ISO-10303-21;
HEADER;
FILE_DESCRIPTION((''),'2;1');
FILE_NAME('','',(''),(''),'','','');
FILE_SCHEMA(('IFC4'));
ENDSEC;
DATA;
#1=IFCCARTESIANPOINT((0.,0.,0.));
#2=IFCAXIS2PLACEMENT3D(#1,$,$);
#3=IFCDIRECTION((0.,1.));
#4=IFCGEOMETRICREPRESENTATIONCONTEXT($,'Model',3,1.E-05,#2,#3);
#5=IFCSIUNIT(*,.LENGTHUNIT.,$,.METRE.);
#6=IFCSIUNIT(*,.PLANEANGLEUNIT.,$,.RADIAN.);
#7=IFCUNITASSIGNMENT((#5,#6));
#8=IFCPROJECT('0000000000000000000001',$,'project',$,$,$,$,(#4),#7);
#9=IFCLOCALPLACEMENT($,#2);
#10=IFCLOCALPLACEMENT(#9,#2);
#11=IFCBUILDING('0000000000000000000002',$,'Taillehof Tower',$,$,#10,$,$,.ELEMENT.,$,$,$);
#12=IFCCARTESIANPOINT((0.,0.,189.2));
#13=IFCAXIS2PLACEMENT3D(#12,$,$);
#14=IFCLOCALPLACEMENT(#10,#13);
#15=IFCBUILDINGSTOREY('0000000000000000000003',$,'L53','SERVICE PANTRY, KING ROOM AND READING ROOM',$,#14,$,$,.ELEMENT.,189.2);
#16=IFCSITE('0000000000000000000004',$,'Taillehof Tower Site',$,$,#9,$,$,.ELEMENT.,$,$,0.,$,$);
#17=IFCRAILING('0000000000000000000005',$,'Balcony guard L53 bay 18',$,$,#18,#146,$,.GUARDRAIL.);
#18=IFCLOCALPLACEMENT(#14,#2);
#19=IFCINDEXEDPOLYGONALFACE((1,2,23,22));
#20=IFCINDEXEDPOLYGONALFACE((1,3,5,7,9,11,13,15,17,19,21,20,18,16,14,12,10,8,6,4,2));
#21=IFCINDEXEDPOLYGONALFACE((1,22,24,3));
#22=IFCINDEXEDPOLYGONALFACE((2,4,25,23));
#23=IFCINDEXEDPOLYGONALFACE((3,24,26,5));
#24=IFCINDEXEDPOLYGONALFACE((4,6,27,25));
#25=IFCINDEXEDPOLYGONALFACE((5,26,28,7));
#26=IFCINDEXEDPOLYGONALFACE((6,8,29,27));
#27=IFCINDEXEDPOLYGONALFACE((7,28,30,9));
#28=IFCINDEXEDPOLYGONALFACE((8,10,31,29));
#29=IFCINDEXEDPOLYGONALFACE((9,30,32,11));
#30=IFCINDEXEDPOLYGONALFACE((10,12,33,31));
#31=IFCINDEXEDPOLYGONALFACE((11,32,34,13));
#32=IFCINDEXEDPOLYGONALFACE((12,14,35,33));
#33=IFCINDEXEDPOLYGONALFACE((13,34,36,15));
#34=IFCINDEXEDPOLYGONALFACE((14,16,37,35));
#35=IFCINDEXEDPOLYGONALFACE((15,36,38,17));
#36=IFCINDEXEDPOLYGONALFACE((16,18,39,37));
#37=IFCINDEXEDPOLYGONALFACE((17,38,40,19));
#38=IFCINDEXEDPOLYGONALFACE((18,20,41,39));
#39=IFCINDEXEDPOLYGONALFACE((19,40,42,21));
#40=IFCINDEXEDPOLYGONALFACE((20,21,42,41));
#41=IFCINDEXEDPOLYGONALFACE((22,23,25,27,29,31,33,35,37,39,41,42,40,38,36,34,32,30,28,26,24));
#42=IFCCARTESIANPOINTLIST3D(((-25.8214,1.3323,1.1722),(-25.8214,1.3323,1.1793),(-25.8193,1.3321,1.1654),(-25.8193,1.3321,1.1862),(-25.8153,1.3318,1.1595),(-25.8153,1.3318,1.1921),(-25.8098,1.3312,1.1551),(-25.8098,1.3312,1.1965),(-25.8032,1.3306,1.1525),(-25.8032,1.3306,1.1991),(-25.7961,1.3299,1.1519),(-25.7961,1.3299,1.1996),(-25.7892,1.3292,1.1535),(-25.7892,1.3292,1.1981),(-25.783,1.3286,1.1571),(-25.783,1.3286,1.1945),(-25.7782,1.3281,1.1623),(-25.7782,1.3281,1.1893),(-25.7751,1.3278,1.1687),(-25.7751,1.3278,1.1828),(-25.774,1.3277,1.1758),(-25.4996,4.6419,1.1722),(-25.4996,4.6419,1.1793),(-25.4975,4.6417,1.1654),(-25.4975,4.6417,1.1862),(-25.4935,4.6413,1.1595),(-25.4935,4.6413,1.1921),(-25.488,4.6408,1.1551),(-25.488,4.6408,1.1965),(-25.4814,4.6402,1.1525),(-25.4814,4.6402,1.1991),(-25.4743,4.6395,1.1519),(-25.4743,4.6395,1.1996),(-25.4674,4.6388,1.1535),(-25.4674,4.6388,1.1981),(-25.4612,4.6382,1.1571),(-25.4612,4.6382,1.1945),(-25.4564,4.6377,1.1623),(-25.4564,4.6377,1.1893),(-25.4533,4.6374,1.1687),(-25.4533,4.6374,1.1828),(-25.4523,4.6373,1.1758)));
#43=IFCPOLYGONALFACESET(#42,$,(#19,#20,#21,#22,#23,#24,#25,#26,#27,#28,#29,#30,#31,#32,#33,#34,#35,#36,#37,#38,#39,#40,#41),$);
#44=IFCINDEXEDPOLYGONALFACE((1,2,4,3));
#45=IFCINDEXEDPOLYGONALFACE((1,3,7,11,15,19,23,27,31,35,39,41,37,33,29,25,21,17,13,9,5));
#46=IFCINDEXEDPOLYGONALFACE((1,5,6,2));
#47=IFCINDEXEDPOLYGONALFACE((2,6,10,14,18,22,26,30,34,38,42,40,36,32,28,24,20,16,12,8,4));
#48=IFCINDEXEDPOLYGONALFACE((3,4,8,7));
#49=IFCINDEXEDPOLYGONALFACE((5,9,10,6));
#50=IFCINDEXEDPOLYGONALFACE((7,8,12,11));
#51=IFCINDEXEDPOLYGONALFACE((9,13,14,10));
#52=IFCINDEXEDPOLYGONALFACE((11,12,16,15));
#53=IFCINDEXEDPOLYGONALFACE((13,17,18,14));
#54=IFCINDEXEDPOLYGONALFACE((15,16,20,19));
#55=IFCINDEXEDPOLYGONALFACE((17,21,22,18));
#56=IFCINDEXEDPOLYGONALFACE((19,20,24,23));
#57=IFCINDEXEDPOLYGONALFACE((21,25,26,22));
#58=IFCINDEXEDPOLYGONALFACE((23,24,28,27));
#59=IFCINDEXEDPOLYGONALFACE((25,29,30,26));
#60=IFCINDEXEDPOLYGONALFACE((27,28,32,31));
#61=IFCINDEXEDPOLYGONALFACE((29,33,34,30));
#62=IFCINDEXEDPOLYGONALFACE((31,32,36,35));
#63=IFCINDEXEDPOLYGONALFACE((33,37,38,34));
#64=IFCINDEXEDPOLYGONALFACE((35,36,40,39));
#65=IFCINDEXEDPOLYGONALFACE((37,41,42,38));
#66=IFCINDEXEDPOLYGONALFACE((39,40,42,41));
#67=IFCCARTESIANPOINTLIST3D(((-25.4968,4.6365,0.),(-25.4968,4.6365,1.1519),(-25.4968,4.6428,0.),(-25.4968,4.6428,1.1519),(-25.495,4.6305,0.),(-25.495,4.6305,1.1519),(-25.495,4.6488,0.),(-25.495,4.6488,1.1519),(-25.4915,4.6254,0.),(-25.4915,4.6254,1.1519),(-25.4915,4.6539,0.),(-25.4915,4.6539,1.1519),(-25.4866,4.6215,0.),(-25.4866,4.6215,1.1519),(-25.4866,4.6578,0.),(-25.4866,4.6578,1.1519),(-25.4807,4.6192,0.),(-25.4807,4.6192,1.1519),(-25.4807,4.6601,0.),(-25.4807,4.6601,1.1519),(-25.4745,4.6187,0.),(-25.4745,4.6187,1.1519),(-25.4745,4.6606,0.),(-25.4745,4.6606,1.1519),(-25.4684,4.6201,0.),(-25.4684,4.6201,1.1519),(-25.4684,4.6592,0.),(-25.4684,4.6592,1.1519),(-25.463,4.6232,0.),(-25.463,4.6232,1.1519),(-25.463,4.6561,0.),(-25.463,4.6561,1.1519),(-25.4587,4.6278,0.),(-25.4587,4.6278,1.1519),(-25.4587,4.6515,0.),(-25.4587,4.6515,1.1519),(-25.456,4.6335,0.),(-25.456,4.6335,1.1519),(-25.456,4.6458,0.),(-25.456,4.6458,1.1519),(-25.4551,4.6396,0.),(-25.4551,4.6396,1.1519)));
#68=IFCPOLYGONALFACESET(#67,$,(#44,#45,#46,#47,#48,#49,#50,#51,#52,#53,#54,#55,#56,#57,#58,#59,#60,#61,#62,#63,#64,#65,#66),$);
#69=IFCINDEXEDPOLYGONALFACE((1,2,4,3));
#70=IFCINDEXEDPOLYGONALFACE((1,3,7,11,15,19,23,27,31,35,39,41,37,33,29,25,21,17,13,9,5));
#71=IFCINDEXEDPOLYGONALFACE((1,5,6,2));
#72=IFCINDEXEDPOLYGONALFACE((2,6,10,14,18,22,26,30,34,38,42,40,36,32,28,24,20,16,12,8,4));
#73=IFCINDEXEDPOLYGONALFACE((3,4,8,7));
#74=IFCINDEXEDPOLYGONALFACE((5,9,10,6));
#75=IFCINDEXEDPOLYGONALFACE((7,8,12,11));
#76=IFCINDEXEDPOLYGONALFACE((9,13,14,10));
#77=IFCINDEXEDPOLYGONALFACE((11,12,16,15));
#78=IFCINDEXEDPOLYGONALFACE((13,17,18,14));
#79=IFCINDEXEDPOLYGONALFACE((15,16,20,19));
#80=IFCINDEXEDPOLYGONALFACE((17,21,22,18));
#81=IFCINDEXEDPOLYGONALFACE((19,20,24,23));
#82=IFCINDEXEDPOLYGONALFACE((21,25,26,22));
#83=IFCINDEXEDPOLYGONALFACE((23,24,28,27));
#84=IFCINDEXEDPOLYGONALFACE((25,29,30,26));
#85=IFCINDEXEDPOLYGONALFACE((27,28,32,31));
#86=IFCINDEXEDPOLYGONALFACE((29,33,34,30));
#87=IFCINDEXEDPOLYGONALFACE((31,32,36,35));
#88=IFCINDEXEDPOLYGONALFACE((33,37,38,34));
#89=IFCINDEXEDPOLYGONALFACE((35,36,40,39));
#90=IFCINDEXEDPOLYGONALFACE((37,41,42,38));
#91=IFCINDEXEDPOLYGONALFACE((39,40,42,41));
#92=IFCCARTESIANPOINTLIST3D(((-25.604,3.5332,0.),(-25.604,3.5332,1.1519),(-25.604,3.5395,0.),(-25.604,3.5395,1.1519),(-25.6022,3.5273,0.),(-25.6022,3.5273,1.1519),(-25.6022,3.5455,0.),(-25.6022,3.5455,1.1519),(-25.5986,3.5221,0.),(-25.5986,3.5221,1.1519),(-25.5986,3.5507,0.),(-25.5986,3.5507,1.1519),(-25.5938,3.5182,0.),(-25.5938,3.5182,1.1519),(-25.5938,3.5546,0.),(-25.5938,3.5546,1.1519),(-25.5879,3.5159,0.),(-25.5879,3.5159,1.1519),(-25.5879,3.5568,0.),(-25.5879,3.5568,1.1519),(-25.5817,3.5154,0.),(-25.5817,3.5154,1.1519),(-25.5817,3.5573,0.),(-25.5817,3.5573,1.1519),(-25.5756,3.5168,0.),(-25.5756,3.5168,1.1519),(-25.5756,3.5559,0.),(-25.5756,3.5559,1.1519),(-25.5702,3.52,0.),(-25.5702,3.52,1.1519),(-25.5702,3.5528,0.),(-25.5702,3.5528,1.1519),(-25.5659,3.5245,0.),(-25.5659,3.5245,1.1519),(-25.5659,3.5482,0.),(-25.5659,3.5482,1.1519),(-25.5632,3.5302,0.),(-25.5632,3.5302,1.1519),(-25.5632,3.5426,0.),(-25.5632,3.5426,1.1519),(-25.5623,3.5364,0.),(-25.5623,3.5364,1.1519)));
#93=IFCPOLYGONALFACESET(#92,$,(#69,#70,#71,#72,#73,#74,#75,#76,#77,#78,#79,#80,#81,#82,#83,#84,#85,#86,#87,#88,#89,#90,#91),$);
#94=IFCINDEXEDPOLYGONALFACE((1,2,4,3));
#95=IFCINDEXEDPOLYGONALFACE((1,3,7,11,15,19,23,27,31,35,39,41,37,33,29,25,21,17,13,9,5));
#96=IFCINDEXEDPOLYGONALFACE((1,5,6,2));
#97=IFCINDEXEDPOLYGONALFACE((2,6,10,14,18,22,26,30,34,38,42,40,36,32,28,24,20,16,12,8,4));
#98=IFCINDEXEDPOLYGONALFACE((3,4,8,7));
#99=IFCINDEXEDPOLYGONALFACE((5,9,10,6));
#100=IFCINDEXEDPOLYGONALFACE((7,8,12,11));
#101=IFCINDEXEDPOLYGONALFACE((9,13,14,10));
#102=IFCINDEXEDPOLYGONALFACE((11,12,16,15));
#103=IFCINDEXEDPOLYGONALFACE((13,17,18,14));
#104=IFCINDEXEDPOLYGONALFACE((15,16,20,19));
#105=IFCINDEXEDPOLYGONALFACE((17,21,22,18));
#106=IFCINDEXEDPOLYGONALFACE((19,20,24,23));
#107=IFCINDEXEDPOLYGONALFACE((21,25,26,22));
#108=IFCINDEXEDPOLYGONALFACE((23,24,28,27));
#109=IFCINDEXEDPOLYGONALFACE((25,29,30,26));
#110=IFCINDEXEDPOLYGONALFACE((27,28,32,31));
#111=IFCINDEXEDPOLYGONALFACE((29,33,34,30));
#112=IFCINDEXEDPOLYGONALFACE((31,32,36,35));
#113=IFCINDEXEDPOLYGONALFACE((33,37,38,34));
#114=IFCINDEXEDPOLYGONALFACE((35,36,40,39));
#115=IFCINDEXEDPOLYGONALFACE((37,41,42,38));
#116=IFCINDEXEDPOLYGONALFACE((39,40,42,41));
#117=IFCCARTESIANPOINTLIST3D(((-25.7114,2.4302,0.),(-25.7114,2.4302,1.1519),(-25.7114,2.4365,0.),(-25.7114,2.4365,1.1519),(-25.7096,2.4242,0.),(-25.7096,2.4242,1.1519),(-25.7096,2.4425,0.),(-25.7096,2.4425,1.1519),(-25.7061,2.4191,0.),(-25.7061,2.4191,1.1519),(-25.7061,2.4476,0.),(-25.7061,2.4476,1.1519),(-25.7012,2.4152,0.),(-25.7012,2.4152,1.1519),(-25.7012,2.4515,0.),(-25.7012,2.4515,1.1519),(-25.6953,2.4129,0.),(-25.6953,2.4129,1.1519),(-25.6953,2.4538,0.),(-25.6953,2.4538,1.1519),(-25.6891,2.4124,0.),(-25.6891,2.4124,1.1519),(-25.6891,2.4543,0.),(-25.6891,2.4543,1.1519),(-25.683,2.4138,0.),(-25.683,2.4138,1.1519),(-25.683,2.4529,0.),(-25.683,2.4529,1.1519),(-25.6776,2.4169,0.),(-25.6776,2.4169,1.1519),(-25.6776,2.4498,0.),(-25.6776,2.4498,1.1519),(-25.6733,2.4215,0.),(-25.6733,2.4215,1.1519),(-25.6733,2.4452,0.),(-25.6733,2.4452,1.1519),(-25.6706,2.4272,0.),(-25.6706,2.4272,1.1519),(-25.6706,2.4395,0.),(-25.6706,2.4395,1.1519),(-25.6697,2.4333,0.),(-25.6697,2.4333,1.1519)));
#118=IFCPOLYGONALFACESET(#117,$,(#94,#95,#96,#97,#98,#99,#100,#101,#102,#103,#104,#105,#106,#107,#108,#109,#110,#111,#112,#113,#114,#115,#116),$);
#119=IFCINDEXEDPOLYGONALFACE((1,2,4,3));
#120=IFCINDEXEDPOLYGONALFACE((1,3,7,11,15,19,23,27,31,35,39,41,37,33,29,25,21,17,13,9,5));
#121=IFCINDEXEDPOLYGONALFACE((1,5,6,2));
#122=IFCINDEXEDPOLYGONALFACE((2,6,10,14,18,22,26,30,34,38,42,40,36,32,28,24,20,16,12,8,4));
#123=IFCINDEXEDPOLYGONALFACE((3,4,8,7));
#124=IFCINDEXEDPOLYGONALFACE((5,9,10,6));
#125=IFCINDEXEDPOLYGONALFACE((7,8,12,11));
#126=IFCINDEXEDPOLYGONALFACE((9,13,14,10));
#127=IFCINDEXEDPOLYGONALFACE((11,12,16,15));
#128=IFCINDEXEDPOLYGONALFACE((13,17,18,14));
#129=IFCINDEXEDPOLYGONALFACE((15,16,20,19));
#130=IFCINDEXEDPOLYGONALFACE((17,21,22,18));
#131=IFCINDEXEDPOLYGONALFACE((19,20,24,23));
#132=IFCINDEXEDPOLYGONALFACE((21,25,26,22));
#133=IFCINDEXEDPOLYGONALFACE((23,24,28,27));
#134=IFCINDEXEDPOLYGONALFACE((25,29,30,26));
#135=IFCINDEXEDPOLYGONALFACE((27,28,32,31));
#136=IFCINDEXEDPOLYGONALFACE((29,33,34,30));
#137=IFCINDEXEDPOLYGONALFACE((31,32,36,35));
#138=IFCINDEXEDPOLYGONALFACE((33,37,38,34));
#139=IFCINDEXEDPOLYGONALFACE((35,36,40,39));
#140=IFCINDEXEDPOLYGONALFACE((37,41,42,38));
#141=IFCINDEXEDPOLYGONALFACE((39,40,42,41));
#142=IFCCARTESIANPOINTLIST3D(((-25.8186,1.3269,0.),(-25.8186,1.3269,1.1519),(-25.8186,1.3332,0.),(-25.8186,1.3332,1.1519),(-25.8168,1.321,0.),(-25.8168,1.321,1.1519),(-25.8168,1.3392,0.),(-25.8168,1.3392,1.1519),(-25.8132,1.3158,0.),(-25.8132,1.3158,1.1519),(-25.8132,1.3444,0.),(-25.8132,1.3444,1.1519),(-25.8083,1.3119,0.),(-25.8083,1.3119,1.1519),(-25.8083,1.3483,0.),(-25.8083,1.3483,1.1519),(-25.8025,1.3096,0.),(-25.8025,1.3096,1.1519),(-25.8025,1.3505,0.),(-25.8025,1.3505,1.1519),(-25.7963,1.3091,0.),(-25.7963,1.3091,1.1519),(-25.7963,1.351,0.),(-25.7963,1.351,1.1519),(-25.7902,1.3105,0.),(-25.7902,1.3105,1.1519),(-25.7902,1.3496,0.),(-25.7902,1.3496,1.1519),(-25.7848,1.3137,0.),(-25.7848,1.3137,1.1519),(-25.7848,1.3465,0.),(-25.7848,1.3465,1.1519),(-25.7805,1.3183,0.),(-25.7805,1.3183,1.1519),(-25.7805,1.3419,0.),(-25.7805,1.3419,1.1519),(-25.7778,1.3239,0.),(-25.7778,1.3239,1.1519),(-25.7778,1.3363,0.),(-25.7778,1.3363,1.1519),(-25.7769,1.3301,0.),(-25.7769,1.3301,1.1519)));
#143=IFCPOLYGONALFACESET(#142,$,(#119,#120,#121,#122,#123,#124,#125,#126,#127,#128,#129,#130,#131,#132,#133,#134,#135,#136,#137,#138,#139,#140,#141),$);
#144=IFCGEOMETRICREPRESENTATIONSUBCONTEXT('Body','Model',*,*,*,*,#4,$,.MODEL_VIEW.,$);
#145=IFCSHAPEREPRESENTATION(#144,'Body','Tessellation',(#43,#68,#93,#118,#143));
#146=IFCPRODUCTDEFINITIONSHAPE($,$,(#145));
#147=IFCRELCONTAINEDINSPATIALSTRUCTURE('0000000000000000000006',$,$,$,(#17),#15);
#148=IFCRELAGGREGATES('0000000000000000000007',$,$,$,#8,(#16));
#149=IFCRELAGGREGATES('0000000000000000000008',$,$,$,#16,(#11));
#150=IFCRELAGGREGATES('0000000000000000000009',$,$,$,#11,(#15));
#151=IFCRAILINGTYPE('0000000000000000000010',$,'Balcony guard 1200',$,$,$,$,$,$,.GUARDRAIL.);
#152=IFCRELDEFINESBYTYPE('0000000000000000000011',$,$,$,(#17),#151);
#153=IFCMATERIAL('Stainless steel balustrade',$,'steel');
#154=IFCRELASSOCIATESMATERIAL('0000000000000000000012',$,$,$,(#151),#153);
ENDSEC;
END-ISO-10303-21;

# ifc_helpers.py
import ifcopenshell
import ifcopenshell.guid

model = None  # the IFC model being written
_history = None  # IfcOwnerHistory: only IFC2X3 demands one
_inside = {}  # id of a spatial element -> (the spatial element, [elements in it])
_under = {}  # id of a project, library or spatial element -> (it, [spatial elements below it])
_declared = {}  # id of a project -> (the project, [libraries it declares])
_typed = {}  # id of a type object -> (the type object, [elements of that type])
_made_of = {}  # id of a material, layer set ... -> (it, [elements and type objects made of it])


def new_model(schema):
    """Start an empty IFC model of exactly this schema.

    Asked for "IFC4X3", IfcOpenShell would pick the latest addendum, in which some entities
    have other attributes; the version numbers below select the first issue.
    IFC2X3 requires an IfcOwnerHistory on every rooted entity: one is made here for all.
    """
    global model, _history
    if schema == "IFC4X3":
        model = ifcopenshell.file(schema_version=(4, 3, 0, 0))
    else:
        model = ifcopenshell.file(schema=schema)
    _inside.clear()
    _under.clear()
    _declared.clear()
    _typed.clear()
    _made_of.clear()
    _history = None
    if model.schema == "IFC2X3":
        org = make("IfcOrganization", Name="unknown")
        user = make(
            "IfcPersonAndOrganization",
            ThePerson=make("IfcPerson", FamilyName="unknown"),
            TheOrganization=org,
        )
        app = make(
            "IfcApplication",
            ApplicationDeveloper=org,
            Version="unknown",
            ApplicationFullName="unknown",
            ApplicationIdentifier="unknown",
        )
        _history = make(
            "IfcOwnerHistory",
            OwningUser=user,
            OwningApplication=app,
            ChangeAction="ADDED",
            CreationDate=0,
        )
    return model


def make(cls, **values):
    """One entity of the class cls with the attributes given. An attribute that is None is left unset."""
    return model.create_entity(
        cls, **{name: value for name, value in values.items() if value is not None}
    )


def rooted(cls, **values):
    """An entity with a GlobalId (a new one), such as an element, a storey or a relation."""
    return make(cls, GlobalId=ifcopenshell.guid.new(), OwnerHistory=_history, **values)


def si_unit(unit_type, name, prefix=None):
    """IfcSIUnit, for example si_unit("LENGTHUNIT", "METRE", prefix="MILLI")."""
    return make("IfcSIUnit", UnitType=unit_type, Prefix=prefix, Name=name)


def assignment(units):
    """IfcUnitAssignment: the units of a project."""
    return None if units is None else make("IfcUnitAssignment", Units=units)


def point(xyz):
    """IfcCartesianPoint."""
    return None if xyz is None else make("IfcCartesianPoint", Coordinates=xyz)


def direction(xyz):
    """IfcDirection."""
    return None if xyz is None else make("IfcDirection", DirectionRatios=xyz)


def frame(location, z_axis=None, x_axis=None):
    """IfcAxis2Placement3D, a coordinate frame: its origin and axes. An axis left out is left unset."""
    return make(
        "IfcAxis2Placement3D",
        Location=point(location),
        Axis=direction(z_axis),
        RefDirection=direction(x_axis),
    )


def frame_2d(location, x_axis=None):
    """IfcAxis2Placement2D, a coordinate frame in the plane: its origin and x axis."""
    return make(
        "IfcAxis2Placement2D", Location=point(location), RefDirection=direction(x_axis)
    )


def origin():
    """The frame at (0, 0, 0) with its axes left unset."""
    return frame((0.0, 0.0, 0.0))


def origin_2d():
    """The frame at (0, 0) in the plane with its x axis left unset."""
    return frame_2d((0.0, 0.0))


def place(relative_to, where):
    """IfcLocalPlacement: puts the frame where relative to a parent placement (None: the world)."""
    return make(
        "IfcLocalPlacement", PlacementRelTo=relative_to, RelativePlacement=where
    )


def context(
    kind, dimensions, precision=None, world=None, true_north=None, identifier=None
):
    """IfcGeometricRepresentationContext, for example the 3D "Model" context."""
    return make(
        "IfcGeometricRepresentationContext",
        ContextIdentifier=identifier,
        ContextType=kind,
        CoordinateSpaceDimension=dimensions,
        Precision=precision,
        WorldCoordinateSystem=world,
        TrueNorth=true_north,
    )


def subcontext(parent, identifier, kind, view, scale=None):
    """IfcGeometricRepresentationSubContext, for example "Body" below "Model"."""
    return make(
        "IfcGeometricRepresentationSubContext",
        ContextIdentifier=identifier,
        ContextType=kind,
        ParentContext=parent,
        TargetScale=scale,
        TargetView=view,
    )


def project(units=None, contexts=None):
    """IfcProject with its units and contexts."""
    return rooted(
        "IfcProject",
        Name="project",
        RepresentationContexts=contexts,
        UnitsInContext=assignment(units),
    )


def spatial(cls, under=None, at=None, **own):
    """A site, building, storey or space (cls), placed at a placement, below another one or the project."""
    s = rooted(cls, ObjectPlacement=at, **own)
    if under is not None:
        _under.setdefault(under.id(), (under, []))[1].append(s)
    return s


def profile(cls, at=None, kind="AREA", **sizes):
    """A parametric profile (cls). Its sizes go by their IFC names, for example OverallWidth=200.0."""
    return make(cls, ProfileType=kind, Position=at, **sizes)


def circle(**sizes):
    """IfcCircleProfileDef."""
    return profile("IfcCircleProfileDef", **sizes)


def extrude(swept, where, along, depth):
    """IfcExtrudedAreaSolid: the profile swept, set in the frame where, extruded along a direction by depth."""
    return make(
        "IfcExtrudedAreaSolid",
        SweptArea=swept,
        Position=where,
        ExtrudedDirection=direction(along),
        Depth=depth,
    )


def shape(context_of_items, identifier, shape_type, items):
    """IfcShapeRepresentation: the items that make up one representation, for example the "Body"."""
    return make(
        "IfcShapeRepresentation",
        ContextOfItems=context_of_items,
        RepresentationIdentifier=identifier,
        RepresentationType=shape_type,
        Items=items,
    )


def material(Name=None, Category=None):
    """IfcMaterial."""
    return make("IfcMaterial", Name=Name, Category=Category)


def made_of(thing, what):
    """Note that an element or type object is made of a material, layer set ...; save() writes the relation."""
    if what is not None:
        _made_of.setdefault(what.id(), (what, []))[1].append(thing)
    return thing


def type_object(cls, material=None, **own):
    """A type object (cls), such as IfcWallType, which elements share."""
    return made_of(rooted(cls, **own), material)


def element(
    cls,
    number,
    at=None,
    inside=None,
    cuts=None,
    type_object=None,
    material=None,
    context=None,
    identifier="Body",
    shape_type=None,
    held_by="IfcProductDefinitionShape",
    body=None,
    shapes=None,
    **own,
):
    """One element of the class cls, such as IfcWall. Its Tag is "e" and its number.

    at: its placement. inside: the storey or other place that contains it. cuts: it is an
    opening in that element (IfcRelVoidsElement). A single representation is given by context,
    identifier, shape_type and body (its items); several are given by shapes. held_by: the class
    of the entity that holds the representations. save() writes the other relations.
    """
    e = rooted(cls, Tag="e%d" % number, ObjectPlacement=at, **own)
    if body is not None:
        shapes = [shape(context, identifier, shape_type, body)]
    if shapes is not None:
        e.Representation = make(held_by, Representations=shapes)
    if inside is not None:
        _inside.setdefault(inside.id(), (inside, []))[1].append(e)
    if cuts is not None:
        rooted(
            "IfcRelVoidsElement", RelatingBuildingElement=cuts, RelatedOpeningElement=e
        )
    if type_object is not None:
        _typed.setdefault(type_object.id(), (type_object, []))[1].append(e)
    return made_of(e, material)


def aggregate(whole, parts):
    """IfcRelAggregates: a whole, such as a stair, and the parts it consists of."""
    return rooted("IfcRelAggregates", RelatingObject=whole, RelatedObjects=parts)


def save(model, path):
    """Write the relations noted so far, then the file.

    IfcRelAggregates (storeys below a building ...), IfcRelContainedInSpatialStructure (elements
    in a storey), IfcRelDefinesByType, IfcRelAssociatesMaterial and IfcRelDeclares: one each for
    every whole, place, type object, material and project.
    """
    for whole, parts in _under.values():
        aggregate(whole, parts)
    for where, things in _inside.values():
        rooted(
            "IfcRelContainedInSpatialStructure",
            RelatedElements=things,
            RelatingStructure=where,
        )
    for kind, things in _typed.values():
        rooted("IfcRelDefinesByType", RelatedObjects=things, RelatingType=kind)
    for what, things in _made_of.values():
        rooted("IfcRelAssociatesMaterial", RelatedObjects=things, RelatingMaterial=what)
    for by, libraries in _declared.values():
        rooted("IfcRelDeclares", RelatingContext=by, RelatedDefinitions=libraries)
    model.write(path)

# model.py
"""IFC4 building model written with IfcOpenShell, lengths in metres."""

from ifc_helpers import new_model, si_unit, direction, frame, origin, origin_2d, place, context, subcontext, project, spatial, circle, extrude, material, type_object, element, save


model = new_model("IFC4")

# Units and contexts
model_context = context("Model", 3, precision=1e-05, world=origin(), true_north=direction((0.0, 1.0)))
body_context = subcontext(model_context, "Body", "Model", "MODEL_VIEW")
ifc_project = project(units=[si_unit("LENGTHUNIT", "METRE"), si_unit("PLANEANGLEUNIT", "RADIAN")], contexts=[model_context])

# Site, building, storey
site_placement = place(None, origin())
site = spatial("IfcSite", under=ifc_project, at=site_placement, Name="Taillehof Tower Site", CompositionType="ELEMENT", RefElevation=0.0)
building_placement = place(site_placement, origin())
building = spatial("IfcBuilding", under=site, at=building_placement, Name="Taillehof Tower", CompositionType="ELEMENT")
storey_placement = place(building_placement, frame((0.0, 0.0, 189.2)))
storey = spatial("IfcBuildingStorey", under=building, at=storey_placement, Name="L53", Description="SERVICE PANTRY, KING ROOM AND READING ROOM", CompositionType="ELEMENT", Elevation=189.2)

# Railing
ifc_material_1 = material(Name="Stainless steel balustrade", Category="steel")
railing_type = type_object("IfcRailingType", Name="Balcony guard 1200", PredefinedType="GUARDRAIL", material=ifc_material_1)
railing_1_placement = place(storey_placement, frame((-25.4761, 4.6396, 0.0)))
element("IfcRailing", 1, at=railing_1_placement, inside=storey, type_object=railing_type, Name="Balcony guard L53 bay 18", PredefinedType="GUARDRAIL", context=body_context, shape_type="SweptSolid", body=[
    extrude(circle(Radius=0.0239, at=origin_2d()), frame((0.0, 0.0, 1.1758), z_axis=(-0.09677, -0.995307, 0.0), x_axis=(0.995307, -0.09677, 0.0)), (0.0, 0.0, 1.0), 3.3252),
    extrude(circle(Radius=0.021, at=origin_2d()), origin(), (0.0, 0.0, 1.0), 1.1519),
    extrude(circle(Radius=0.021, at=origin_2d()), frame((-0.1072, -1.1033, 0.0)), (0.0, 0.0, 1.0), 1.1519),
    extrude(circle(Radius=0.021, at=origin_2d()), frame((-0.2146, -2.2063, 0.0)), (0.0, 0.0, 1.0), 1.1519),
    extrude(circle(Radius=0.021, at=origin_2d()), frame((-0.3218, -3.3096, 0.0)), (0.0, 0.0, 1.0), 1.1519),
])

save(model, "model.ifc")
